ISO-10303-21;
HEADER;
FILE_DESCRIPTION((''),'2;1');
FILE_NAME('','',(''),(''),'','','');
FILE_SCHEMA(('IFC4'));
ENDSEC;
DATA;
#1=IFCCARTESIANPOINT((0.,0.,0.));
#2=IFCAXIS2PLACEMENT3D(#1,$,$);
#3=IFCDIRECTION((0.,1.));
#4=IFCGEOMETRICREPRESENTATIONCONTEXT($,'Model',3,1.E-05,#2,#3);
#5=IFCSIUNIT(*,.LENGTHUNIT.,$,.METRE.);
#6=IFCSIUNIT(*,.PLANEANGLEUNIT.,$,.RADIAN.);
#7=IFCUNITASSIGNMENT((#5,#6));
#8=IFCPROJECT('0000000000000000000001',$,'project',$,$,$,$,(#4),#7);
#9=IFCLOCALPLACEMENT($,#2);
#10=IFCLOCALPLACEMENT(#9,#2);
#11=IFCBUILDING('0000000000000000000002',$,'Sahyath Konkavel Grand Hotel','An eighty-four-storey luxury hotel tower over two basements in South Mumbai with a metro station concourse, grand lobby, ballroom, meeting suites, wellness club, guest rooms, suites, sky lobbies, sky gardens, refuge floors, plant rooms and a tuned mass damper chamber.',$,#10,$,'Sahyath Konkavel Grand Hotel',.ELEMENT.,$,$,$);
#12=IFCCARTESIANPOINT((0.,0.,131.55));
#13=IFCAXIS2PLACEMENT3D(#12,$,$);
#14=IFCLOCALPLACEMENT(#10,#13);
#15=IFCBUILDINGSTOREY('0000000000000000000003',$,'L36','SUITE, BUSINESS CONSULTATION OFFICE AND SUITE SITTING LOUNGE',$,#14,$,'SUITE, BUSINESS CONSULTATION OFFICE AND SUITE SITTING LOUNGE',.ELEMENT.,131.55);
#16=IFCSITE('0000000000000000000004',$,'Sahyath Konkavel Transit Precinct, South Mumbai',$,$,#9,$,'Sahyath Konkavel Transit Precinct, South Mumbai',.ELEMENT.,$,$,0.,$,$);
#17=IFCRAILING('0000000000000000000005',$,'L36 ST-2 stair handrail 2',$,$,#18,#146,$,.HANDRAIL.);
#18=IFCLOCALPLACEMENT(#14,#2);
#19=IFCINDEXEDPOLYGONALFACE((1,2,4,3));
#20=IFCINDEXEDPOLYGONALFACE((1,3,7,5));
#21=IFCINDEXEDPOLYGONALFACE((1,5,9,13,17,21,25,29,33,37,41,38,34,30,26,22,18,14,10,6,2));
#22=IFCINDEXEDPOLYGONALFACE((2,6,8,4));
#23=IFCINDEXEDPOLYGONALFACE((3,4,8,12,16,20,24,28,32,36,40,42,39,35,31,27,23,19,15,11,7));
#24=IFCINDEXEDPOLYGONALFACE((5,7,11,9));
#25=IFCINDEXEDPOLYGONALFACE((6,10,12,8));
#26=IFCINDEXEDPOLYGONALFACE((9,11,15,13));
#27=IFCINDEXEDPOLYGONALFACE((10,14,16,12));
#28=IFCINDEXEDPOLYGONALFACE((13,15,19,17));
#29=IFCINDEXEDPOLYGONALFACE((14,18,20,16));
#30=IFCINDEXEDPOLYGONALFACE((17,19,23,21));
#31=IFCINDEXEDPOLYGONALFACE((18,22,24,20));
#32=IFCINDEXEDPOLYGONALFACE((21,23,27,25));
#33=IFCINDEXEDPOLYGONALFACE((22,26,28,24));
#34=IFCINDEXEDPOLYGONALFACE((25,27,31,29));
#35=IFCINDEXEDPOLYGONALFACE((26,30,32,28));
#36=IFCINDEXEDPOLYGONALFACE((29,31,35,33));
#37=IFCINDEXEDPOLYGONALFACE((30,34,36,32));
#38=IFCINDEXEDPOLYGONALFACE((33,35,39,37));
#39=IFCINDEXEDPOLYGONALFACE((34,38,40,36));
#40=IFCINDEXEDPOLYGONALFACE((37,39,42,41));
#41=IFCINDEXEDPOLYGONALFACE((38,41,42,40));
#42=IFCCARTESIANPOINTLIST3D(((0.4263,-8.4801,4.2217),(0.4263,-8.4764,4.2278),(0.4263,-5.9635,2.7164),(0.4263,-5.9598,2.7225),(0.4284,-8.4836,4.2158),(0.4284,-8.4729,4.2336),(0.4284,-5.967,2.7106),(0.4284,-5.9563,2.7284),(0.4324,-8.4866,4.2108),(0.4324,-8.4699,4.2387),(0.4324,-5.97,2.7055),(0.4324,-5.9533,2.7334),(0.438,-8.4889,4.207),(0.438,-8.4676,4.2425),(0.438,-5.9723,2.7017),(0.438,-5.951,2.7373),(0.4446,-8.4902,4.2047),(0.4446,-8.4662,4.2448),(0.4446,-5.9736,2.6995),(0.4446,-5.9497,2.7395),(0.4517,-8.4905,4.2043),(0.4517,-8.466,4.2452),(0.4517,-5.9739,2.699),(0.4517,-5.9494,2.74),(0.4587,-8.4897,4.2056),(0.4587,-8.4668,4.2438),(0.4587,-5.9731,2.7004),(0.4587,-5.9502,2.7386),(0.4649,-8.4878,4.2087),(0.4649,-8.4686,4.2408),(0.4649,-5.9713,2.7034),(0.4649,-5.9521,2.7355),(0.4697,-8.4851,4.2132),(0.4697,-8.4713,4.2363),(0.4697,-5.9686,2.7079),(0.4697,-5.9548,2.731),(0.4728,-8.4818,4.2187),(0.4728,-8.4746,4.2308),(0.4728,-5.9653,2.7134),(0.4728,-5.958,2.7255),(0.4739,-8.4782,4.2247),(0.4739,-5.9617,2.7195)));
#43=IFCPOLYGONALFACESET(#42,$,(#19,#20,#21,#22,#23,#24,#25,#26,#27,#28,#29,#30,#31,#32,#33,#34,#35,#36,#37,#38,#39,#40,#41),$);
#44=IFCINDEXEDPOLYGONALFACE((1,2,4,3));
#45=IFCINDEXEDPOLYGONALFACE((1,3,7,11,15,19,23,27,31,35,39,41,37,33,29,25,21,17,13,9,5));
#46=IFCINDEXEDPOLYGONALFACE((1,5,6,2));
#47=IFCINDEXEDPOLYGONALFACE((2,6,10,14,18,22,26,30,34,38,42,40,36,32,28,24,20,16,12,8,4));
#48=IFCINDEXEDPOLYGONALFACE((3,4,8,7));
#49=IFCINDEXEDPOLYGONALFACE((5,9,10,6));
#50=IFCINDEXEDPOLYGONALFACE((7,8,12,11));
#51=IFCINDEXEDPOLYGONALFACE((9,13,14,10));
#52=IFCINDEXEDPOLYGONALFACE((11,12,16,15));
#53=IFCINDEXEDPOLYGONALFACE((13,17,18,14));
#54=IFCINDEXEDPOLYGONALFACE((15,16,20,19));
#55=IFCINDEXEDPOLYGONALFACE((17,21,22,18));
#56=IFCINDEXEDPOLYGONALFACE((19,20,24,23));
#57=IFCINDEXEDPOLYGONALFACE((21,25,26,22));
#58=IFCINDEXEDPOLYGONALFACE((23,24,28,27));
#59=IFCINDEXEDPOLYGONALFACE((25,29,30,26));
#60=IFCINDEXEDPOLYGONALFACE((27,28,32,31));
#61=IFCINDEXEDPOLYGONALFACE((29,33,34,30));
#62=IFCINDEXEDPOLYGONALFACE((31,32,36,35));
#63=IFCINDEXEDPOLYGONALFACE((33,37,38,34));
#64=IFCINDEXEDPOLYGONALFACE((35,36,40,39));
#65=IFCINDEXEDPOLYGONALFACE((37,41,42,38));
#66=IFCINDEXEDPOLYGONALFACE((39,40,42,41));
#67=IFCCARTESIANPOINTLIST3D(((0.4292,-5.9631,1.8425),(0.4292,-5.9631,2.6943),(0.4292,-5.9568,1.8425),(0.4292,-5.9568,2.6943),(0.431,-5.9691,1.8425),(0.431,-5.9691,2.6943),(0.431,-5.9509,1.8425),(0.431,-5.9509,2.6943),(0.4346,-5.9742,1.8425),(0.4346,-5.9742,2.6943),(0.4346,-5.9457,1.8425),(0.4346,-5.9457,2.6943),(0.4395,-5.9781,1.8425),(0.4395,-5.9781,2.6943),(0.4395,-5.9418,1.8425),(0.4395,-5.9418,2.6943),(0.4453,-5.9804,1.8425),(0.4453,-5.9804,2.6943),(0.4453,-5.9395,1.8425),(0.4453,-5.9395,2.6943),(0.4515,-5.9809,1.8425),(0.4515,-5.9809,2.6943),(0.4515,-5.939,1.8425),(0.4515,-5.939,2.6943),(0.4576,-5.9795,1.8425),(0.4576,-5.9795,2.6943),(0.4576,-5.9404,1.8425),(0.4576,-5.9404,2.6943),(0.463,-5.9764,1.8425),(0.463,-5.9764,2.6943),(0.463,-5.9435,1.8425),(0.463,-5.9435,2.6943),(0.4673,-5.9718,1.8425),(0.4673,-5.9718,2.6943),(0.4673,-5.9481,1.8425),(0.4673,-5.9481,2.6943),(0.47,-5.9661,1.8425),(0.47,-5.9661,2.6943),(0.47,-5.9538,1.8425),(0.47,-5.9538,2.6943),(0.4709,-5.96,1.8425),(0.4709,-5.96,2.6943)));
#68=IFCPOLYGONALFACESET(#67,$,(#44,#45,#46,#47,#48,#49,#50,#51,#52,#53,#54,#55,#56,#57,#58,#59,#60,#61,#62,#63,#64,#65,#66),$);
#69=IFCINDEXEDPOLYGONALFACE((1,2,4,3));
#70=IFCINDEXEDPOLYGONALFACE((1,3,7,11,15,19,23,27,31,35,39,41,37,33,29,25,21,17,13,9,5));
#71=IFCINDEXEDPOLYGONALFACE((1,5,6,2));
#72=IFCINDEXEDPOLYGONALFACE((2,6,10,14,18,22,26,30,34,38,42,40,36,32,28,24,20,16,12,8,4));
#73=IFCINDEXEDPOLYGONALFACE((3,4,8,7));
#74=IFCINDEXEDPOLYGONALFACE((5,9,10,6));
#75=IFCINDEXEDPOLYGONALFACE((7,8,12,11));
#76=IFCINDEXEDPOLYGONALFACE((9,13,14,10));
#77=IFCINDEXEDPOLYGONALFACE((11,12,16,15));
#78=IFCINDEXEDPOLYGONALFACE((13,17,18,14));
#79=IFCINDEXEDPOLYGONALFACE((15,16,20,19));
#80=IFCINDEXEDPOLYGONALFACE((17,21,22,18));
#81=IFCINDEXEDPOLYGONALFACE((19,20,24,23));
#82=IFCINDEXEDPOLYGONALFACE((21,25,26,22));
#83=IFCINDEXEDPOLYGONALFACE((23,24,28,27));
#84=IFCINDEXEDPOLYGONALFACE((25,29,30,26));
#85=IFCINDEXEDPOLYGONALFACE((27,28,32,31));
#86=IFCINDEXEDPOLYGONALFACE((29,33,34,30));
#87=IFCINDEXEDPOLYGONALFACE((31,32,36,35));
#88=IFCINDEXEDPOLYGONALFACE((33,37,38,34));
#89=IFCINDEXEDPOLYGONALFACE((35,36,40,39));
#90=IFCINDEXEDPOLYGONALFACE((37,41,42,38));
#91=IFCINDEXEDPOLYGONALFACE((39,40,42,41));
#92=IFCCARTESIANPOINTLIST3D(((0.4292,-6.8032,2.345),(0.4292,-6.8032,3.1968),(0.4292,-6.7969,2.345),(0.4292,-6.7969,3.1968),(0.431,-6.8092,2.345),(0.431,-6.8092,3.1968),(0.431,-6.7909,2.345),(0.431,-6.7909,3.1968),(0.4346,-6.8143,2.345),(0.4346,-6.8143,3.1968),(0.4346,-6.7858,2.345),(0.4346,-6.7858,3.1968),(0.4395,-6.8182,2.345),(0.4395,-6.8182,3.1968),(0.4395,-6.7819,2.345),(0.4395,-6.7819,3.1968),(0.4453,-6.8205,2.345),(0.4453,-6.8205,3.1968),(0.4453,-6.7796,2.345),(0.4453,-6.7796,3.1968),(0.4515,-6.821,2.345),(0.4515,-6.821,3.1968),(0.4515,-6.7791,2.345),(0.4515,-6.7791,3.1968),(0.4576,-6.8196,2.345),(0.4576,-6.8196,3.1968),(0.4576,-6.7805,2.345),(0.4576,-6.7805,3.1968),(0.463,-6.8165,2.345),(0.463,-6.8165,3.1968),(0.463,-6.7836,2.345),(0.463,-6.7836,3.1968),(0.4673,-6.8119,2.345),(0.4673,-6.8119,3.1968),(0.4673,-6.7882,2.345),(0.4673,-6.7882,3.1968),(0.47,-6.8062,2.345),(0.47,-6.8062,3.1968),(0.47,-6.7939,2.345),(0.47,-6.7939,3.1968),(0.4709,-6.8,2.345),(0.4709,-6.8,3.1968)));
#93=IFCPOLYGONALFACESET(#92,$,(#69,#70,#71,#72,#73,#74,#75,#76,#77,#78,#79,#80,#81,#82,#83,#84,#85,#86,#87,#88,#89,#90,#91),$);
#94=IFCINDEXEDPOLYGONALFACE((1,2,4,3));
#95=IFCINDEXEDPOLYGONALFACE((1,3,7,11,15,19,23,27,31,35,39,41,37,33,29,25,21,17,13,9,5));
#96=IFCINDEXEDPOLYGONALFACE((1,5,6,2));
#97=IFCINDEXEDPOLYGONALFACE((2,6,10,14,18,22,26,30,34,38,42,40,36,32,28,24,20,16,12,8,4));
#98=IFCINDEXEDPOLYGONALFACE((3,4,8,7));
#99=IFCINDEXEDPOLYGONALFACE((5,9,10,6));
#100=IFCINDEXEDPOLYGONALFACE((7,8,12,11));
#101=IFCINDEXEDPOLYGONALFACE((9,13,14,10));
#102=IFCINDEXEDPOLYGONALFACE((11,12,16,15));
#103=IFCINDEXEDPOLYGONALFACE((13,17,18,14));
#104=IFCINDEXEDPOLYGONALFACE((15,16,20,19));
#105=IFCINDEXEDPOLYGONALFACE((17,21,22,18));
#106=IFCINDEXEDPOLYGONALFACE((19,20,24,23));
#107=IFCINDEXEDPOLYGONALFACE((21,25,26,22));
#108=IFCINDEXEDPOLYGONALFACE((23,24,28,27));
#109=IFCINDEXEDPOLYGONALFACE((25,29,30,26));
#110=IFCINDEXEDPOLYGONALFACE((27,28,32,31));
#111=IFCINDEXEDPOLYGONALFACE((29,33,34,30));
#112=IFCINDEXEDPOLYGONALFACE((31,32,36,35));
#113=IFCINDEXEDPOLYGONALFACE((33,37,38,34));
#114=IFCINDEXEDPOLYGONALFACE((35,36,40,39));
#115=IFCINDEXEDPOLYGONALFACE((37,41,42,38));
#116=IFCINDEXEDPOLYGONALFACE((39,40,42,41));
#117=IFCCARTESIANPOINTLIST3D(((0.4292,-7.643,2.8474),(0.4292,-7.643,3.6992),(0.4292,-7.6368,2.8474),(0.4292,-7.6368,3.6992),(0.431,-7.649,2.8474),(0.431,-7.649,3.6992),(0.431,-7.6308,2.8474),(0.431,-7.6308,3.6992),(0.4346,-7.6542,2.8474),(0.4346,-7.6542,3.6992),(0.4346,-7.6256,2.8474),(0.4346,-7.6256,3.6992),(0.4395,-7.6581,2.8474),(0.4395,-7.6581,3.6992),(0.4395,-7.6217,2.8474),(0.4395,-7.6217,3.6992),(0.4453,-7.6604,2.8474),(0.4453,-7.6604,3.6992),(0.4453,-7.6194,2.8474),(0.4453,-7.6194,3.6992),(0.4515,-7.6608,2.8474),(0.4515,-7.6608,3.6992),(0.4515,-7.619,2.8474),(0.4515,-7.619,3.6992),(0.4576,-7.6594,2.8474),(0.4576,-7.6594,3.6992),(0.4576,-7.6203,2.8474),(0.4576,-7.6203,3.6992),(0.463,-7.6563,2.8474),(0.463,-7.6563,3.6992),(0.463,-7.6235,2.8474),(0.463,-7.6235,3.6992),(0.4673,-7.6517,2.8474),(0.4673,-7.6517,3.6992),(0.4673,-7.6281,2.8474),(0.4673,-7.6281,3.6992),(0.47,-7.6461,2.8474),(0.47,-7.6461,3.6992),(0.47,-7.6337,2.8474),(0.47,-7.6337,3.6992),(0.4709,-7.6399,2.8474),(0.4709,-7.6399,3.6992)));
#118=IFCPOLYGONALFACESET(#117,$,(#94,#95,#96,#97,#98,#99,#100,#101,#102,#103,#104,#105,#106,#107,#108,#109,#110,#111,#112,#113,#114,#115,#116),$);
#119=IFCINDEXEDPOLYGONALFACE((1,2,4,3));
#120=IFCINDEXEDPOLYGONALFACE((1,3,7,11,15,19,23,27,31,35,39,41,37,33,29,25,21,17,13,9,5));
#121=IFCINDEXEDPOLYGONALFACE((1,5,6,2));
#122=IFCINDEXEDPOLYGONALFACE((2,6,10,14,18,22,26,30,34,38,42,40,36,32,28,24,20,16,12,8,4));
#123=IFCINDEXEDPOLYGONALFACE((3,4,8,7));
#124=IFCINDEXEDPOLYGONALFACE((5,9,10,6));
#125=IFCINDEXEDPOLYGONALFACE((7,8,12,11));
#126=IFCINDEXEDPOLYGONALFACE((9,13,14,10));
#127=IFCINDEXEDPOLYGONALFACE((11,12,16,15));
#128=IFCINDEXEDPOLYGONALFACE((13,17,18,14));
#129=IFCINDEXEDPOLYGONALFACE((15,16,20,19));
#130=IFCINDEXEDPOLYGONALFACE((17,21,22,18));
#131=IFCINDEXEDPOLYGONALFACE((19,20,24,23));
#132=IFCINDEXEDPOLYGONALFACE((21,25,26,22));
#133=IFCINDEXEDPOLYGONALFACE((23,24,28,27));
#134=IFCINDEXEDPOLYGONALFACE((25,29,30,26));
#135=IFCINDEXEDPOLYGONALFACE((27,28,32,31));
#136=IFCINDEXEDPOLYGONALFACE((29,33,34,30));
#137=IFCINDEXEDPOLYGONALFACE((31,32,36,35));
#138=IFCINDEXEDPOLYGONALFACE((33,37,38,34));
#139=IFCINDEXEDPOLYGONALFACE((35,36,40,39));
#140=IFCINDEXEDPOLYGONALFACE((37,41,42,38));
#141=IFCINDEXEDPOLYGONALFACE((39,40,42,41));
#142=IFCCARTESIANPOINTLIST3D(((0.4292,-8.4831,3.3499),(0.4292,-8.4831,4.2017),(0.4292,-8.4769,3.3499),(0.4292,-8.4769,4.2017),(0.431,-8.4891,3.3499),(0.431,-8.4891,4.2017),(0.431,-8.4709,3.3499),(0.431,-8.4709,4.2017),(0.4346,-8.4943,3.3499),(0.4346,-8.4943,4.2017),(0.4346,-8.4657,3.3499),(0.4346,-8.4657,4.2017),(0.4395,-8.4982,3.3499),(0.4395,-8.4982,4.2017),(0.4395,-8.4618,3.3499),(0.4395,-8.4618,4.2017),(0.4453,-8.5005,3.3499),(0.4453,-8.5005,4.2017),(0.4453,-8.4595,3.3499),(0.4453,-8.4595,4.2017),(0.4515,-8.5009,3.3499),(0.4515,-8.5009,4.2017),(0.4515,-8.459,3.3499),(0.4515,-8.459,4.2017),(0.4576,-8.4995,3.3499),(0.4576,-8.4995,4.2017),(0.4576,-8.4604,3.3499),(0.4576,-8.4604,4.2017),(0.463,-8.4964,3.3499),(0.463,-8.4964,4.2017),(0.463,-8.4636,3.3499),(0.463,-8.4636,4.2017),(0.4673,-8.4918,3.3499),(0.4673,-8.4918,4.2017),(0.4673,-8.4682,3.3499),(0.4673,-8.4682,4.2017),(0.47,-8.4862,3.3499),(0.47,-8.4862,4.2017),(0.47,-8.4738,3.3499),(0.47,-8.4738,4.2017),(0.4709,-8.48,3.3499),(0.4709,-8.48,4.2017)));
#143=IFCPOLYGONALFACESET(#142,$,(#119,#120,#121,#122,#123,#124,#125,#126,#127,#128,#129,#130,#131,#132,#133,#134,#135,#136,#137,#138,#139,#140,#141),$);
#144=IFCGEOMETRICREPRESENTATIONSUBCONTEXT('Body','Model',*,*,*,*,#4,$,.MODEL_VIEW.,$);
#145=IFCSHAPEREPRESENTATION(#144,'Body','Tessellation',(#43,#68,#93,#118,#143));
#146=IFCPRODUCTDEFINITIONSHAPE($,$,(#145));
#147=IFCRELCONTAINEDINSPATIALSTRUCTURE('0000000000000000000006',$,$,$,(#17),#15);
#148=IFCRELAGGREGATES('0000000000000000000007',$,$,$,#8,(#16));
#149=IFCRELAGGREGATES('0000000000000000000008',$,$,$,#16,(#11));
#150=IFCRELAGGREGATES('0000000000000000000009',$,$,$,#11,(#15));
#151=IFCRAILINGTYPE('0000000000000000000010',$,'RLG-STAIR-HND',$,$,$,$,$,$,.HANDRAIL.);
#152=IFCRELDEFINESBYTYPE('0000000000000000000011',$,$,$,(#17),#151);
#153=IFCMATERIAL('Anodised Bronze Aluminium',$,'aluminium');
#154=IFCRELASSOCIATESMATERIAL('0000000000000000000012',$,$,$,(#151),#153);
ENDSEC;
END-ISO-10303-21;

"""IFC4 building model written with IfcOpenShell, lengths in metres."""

from ifc_helpers import new_model, si_unit, direction, frame, origin, origin_2d, place, context, subcontext, project, spatial, circle, extrude, material, type_object, element, save


model = new_model("IFC4")

# Units and contexts
model_context = context("Model", 3, precision=1e-05, world=origin(), true_north=direction((0.0, 1.0)))
body_context = subcontext(model_context, "Body", "Model", "MODEL_VIEW")
ifc_project = project(units=[si_unit("LENGTHUNIT", "METRE"), si_unit("PLANEANGLEUNIT", "RADIAN")], contexts=[model_context])

# Site, building, storey
site_placement = place(None, origin())
site = spatial("IfcSite", under=ifc_project, at=site_placement, Name="Sahyath Konkavel Transit Precinct, South Mumbai", LongName="Sahyath Konkavel Transit Precinct, South Mumbai", CompositionType="ELEMENT", RefElevation=0.0)
building_placement = place(site_placement, origin())
building = spatial("IfcBuilding", under=site, at=building_placement, Name="Sahyath Konkavel Grand Hotel", Description="An eighty-four-storey luxury hotel tower over two basements in South Mumbai with a metro station concourse, grand lobby, ballroom, meeting suites, wellness club, guest rooms, suites, sky lobbies, sky gardens, refuge floors, plant rooms and a tuned mass damper chamber.", LongName="Sahyath Konkavel Grand Hotel", CompositionType="ELEMENT")
storey_placement = place(building_placement, frame((0.0, 0.0, 131.55)))
storey = spatial("IfcBuildingStorey", under=building, at=storey_placement, Name="L36", Description="SUITE, BUSINESS CONSULTATION OFFICE AND SUITE SITTING LOUNGE", LongName="SUITE, BUSINESS CONSULTATION OFFICE AND SUITE SITTING LOUNGE", CompositionType="ELEMENT", Elevation=131.55)

# Railing
ifc_material_1 = material(Name="Anodised Bronze Aluminium", Category="aluminium")
railing_type_1 = type_object("IfcRailingType", Name="RLG-STAIR-HND", PredefinedType="HANDRAIL", material=ifc_material_1)
railing_1_placement = place(storey_placement, frame((0.45, -5.96, 1.8425)))
element("IfcRailing", 1, at=railing_1_placement, inside=storey, type_object=railing_type_1, Name="L36 ST-2 stair handrail 2", PredefinedType="HANDRAIL", context=body_context, shape_type="SweptSolid", body=[
    extrude(circle(Radius=0.0239, at=origin_2d()), frame((0.0, -0.0017, 0.877), z_axis=(0.0, -0.858196, 0.513321), x_axis=(1.0, 0.0, 0.0)), (0.0, 0.0, 1.0), 2.9324),
    extrude(circle(Radius=0.021, at=origin_2d()), origin(), (0.0, 0.0, 1.0), 0.8518),
    extrude(circle(Radius=0.021, at=origin_2d()), frame((0.0, -0.8401, 0.5024)), (0.0, 0.0, 1.0), 0.8518),
    extrude(circle(Radius=0.021, at=origin_2d()), frame((0.0, -1.6799, 1.0049)), (0.0, 0.0, 1.0), 0.8518),
    extrude(circle(Radius=0.021, at=origin_2d()), frame((0.0, -2.52, 1.5073)), (0.0, 0.0, 1.0), 0.8518),
])

save(model, "model.ifc")
